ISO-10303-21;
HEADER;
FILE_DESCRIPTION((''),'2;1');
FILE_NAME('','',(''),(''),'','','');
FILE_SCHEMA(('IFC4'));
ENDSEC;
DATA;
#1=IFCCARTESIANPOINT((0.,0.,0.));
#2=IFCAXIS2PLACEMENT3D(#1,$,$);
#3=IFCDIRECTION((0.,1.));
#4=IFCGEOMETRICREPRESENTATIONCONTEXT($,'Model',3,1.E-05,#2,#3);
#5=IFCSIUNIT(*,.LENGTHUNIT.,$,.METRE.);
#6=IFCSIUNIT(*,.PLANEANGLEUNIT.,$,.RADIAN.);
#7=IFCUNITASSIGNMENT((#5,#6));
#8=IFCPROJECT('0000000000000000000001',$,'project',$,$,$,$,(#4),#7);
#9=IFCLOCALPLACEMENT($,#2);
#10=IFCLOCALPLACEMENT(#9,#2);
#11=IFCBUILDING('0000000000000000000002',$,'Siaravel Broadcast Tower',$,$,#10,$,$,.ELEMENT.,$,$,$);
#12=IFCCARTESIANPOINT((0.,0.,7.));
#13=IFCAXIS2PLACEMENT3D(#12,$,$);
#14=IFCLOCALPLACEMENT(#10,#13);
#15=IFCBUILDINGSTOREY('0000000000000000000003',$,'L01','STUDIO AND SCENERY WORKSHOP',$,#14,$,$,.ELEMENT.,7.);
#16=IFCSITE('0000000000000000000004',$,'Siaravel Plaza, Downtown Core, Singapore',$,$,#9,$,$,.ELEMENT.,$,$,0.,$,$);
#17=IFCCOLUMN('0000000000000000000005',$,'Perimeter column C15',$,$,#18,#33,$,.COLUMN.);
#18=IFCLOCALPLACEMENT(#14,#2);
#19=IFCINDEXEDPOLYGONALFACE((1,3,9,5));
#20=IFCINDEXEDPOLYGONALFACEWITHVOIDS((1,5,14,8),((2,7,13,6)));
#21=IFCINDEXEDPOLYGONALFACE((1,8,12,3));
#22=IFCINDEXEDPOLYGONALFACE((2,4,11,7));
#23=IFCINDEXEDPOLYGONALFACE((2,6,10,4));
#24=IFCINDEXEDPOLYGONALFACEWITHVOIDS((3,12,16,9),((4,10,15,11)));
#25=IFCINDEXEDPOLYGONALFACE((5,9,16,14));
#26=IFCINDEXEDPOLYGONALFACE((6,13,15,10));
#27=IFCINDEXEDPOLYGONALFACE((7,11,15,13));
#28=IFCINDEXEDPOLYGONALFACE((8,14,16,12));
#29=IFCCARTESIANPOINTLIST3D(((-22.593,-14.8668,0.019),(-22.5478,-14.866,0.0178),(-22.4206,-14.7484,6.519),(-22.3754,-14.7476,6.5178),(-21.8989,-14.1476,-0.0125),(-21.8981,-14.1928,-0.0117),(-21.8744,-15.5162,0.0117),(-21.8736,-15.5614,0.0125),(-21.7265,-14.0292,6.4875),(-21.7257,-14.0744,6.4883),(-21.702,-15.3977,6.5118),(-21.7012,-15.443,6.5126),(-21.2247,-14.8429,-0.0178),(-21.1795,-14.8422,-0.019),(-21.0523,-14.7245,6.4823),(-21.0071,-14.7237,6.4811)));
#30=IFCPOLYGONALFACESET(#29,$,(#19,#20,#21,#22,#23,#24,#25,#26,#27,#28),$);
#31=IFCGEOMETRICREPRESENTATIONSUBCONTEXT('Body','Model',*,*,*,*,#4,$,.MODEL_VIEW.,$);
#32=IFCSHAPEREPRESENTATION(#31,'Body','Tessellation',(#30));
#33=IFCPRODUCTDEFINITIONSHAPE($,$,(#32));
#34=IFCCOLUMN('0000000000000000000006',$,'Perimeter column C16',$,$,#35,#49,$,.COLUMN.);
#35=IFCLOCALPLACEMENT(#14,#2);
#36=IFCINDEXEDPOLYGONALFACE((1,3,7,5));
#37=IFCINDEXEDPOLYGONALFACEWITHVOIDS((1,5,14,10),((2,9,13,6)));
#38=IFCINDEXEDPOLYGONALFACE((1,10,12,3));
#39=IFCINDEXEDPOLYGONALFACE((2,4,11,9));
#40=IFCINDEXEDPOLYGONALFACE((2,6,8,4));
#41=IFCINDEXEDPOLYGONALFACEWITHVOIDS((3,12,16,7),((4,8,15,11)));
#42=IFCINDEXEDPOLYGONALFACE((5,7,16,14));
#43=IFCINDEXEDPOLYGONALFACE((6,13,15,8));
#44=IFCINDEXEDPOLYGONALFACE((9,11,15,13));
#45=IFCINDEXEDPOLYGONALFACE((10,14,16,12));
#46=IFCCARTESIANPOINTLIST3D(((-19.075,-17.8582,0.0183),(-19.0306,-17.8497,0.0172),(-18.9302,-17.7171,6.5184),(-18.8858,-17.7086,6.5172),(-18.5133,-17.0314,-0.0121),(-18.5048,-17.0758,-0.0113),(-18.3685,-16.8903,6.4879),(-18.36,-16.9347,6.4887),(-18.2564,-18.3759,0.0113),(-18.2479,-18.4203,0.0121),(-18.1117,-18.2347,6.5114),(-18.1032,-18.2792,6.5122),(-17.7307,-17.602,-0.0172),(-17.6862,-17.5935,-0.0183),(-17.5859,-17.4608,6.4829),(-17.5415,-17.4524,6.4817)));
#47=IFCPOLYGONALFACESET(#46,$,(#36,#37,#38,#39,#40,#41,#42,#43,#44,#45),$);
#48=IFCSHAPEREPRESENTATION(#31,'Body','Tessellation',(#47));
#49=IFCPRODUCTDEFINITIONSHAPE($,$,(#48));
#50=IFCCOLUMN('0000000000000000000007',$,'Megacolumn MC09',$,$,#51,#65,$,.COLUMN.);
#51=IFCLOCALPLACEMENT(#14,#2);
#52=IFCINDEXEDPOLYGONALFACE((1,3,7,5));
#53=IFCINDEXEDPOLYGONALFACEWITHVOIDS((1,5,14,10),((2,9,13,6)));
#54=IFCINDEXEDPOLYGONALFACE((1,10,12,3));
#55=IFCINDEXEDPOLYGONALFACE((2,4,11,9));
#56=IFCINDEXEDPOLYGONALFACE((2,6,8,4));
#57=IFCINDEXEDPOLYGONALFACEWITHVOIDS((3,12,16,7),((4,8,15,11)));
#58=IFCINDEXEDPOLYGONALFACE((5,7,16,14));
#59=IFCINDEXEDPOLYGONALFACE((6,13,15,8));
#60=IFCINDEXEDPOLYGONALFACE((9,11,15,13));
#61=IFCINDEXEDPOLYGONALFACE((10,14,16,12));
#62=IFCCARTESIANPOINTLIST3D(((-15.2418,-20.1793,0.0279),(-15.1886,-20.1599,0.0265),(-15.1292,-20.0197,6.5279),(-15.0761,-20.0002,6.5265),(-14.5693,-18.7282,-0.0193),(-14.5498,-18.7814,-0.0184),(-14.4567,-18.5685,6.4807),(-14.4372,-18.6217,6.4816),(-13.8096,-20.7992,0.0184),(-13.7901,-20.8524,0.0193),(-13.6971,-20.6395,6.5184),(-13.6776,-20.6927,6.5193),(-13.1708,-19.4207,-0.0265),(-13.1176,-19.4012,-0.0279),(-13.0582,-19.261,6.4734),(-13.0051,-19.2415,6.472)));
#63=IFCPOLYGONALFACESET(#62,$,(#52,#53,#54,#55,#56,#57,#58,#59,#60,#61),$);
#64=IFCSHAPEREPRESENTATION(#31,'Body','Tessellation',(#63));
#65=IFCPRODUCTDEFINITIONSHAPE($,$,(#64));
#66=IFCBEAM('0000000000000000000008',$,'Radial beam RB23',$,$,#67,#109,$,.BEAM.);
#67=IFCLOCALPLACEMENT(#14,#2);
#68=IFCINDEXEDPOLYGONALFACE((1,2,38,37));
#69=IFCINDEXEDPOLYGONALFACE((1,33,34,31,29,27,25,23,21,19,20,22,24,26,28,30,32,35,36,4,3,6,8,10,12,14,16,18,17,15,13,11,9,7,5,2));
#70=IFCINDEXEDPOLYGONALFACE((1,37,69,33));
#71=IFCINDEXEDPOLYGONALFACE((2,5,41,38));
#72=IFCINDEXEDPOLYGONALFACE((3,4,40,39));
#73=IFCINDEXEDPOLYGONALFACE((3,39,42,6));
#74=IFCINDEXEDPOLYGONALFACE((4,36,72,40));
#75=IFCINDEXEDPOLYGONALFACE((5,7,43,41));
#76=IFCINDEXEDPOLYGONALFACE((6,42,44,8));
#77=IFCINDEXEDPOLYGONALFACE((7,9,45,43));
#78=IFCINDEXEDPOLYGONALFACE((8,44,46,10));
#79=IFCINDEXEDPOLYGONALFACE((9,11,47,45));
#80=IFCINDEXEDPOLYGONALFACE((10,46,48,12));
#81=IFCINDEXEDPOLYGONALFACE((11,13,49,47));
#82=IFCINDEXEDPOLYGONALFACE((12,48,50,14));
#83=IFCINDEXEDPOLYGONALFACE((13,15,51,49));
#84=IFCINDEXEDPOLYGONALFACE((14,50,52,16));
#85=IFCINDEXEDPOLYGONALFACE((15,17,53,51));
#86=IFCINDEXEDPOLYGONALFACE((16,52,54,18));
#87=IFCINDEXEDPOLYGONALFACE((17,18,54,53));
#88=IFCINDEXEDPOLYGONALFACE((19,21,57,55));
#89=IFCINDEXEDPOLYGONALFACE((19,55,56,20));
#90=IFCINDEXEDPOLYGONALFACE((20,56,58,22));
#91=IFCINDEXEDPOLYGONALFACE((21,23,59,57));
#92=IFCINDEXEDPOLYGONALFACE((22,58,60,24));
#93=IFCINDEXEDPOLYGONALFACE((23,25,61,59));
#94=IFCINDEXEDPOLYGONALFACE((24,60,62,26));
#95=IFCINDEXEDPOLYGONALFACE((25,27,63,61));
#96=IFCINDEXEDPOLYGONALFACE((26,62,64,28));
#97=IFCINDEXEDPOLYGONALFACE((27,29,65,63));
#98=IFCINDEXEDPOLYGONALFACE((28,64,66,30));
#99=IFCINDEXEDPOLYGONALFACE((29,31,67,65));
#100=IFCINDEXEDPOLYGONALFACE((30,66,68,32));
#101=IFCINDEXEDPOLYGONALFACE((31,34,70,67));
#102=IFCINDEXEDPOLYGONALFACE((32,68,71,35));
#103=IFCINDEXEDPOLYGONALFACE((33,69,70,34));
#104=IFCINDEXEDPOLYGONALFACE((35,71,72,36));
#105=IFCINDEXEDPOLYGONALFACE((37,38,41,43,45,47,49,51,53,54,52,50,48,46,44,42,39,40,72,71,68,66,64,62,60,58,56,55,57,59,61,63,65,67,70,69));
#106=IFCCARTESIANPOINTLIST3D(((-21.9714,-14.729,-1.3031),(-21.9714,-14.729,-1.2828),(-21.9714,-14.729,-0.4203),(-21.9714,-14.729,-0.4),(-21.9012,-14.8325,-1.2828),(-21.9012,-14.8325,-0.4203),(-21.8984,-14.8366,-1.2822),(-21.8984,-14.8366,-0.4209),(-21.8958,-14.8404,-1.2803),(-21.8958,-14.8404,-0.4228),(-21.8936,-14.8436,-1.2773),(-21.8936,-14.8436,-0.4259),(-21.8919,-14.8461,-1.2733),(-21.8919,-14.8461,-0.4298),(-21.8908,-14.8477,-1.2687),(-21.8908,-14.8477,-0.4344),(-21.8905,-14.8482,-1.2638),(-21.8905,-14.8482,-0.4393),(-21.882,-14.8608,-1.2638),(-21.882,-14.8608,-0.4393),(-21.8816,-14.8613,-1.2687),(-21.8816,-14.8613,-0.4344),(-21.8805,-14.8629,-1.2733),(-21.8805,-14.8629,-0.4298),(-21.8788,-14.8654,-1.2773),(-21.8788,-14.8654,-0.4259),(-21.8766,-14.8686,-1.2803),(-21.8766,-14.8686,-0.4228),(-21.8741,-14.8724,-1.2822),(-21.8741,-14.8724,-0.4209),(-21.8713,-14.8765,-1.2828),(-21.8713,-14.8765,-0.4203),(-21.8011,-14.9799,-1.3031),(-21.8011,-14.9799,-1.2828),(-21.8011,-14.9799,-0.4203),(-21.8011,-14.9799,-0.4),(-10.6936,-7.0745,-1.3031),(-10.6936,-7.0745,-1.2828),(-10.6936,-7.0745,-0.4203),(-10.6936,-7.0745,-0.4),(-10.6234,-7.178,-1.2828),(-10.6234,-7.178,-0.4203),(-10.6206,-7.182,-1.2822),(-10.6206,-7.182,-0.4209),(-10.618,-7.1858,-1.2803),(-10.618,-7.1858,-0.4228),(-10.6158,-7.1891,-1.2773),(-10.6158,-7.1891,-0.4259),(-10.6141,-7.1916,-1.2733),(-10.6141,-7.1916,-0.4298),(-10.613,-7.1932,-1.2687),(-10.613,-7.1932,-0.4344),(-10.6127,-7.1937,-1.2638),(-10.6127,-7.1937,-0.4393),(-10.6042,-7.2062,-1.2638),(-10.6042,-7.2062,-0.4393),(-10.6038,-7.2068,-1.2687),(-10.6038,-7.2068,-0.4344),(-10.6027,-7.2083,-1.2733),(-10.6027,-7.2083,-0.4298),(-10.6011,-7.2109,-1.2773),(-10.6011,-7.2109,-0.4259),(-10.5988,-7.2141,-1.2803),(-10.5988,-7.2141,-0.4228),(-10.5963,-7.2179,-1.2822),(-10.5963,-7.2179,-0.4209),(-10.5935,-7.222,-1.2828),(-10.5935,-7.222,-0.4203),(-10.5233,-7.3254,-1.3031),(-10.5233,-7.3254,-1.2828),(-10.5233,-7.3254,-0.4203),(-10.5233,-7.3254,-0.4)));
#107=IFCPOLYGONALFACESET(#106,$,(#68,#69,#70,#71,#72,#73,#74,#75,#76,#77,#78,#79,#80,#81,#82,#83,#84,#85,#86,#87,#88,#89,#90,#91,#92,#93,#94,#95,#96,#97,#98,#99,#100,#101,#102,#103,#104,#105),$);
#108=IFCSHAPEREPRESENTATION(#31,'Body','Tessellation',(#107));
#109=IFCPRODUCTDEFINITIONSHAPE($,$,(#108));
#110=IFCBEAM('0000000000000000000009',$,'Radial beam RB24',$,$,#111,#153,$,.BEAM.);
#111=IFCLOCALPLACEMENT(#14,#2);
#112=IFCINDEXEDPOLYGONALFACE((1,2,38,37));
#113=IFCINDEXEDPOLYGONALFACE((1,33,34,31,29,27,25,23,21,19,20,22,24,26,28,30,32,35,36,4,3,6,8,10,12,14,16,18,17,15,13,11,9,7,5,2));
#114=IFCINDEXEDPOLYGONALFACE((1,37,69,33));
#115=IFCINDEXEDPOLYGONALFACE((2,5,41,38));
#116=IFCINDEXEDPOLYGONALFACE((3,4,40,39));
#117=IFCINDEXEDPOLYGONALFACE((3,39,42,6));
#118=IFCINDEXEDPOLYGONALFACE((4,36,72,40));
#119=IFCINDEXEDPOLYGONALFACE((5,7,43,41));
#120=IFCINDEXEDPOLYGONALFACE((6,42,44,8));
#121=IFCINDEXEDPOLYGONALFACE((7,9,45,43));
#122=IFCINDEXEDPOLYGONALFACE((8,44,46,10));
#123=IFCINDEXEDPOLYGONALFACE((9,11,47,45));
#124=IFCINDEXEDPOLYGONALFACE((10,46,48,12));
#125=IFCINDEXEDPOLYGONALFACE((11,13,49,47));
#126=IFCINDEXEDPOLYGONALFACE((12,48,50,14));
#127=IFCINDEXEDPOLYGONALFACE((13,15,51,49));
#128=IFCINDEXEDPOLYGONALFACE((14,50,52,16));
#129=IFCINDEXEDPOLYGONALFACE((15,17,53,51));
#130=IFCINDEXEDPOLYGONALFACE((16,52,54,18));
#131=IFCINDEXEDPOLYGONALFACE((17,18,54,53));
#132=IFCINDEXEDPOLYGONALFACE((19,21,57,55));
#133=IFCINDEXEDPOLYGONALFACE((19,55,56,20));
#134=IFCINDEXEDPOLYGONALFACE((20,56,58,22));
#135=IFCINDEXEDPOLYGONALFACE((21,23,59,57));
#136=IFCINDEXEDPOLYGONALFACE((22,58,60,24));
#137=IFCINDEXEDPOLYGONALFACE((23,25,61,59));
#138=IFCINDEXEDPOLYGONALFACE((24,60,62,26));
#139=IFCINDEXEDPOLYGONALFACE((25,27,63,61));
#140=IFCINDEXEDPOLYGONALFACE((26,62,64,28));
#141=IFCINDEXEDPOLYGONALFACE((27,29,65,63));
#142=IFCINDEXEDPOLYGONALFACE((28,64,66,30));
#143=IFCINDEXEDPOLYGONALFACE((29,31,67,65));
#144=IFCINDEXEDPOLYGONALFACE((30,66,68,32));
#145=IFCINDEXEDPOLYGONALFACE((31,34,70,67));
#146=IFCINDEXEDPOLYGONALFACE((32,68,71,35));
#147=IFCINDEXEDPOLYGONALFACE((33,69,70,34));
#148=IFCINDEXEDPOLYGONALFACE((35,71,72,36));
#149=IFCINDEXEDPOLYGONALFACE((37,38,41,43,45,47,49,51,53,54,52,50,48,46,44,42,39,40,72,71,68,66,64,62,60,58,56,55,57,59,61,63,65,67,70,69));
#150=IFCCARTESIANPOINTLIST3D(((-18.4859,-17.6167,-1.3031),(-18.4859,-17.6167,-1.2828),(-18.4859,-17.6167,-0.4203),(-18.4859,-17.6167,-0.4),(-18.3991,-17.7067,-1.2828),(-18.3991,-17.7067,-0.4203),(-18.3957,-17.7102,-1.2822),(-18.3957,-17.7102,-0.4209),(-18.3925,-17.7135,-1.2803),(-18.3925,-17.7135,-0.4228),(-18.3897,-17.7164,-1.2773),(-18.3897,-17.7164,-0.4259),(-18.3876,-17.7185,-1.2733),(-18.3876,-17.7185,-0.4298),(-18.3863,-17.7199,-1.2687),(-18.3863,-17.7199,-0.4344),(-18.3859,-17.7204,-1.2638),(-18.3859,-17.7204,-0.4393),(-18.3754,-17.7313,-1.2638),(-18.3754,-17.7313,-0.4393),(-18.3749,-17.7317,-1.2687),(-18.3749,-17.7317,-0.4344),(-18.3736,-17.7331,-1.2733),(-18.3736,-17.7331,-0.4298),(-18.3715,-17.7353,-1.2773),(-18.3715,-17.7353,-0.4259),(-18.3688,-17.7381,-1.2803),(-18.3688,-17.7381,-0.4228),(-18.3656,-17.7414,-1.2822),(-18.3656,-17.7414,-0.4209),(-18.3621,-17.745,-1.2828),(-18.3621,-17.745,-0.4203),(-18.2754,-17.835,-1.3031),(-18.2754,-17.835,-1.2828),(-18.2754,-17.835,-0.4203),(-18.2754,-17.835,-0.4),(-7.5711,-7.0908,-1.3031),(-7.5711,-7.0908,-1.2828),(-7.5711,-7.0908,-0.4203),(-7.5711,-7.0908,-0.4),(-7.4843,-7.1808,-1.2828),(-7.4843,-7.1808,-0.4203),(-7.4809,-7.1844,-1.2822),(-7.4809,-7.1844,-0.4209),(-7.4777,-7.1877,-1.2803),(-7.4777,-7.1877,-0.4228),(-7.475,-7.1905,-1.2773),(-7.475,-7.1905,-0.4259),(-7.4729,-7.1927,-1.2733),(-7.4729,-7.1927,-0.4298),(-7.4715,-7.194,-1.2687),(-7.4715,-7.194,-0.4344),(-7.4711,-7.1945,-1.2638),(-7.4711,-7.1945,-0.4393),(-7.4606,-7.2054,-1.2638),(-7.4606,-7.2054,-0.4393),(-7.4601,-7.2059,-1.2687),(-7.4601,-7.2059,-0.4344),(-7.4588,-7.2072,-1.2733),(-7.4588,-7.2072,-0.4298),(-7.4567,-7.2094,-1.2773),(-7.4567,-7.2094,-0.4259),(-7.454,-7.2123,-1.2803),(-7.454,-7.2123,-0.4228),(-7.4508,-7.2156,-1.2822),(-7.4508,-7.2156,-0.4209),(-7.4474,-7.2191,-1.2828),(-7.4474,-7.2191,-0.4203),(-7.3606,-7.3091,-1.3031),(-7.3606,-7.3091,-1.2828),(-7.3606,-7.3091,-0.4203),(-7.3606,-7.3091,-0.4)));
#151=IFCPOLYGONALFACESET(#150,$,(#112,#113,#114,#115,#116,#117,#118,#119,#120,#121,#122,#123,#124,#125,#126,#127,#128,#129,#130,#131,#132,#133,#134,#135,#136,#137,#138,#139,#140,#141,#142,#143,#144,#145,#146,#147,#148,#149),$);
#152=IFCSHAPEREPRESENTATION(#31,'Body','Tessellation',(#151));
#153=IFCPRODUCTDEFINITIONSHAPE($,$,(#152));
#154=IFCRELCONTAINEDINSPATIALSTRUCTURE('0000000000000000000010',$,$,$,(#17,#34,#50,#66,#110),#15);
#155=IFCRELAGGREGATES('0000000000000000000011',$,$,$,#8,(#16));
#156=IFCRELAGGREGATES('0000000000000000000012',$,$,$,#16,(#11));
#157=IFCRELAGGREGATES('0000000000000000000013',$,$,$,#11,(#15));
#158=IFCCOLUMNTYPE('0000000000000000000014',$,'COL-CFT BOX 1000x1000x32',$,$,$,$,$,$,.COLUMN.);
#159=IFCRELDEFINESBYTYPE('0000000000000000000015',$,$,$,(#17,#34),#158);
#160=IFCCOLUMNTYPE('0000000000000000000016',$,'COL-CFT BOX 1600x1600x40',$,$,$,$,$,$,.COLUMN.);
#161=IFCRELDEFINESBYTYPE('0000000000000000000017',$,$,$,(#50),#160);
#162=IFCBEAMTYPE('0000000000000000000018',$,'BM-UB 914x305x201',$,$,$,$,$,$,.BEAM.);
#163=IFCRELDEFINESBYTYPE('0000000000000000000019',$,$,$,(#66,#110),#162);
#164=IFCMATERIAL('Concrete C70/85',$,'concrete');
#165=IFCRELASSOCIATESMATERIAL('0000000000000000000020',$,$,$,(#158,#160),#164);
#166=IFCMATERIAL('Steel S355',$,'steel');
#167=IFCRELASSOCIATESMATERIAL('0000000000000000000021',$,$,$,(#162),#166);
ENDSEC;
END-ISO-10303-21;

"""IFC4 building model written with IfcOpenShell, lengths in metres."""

from ifc_helpers import new_model, si_unit, direction, frame, origin, origin_2d, place, context, subcontext, project, spatial, hollow_rectangle, i_section, extrude, material, material_profile, profile_set, type_object, element, save


model = new_model("IFC4")

# Units and contexts
model_context = context("Model", 3, precision=1e-05, world=origin(), true_north=direction((0.0, 1.0)))
body_context = subcontext(model_context, "Body", "Model", "MODEL_VIEW")
ifc_project = project(units=[si_unit("LENGTHUNIT", "METRE"), si_unit("PLANEANGLEUNIT", "RADIAN")], contexts=[model_context])

# Site, building, storey
site_placement = place(None, origin())
site = spatial("IfcSite", under=ifc_project, at=site_placement, Name="Siaravel Plaza, Downtown Core, Singapore", CompositionType="ELEMENT", RefElevation=0.0)
building_placement = place(site_placement, origin())
building = spatial("IfcBuilding", under=site, at=building_placement, Name="Siaravel Broadcast Tower", CompositionType="ELEMENT")
storey_placement = place(building_placement, frame((0.0, 0.0, 7.0)))
storey = spatial("IfcBuildingStorey", under=building, at=storey_placement, Name="L01", Description="STUDIO AND SCENERY WORKSHOP", CompositionType="ELEMENT", Elevation=7.0)

# Columns
ifc_material_1 = material(Name="Concrete C70/85", Category="concrete")
ifc_material_profile_1 = material_profile(ifc_material_1, hollow_rectangle(XDim=1.0, YDim=1.0, WallThickness=0.032, at=origin_2d()))
ifc_profile_set_1 = profile_set([ifc_material_profile_1], Name="Concrete C70/85")
column_type_1 = type_object("IfcColumnType", Name="COL-CFT BOX 1000x1000x32", PredefinedType="COLUMN", material=ifc_profile_set_1)
column_1_placement = place(storey_placement, frame((-21.8862, -14.8545, 0.0), z_axis=(0.026504, 0.018207, 0.999483), x_axis=(-0.719423, 0.694543, 0.006425)))
element("IfcColumn", 1, at=column_1_placement, inside=storey, type_object=column_type_1, Name="Perimeter column C15", PredefinedType="COLUMN", context=body_context, shape_type="SweptSolid", body=[
    extrude(hollow_rectangle(XDim=1.0, YDim=1.0, WallThickness=0.032, at=origin_2d()), origin(), (0.0, 0.0, 1.0), 6.5034),
])
column_2_placement = place(storey_placement, frame((-18.3806, -17.7258, 0.0), z_axis=(0.022262, 0.021699, 0.999517), x_axis=(-0.827042, 0.562106, 0.006218)))
element("IfcColumn", 2, at=column_2_placement, inside=storey, type_object=column_type_1, Name="Perimeter column C16", PredefinedType="COLUMN", context=body_context, shape_type="SweptSolid", body=[
    extrude(hollow_rectangle(XDim=1.0, YDim=1.0, WallThickness=0.032, at=origin_2d()), origin(), (0.0, 0.0, 1.0), 6.5032),
])
ifc_material_profile_2 = material_profile(ifc_material_1, hollow_rectangle(XDim=1.6001, YDim=1.6001, WallThickness=0.04, at=origin_2d()))
ifc_profile_set_2 = profile_set([ifc_material_profile_2], Name="Concrete C70/85")
column_type_2 = type_object("IfcColumnType", Name="COL-CFT BOX 1600x1600x40", PredefinedType="COLUMN", material=ifc_profile_set_2)
column_3_placement = place(storey_placement, frame((-14.1797, -19.7903, 0.0), z_axis=(0.017307, 0.024553, 0.999549), x_axis=(-0.907227, 0.420607, 0.005377)))
element("IfcColumn", 3, at=column_3_placement, inside=storey, type_object=column_type_2, Name="Megacolumn MC09", PredefinedType="COLUMN", context=body_context, shape_type="SweptSolid", body=[
    extrude(hollow_rectangle(XDim=1.6001, YDim=1.6001, WallThickness=0.04, at=origin_2d()), origin(), (0.0, 0.0, 1.0), 6.5029),
])

# Beams
ifc_material_2 = material(Name="Steel S355", Category="steel")
ifc_material_profile_3 = material_profile(ifc_material_2, i_section(OverallWidth=0.3032, OverallDepth=0.9031, WebThickness=0.0151, FlangeThickness=0.0203, FilletRadius=0.019, at=origin_2d()))
ifc_profile_set_3 = profile_set([ifc_material_profile_3], Name="Steel S355")
beam_type = type_object("IfcBeamType", Name="BM-UB 914x305x201", PredefinedType="BEAM", material=ifc_profile_set_3)
beam_1_placement = place(storey_placement, frame((-21.8862, -14.8545, -0.8516), z_axis=(0.827417, 0.561588, 0.0), x_axis=(-0.561588, 0.827417, 0.0)))
element("IfcBeam", 4, at=beam_1_placement, inside=storey, type_object=beam_type, Name="Radial beam RB23", PredefinedType="BEAM", context=body_context, shape_type="SweptSolid", body=[
    extrude(i_section(OverallWidth=0.3032, OverallDepth=0.9031, WebThickness=0.0151, FlangeThickness=0.0203, FilletRadius=0.019, at=origin_2d()), origin(), (0.0, 0.0, 1.0), 13.6301),
])
beam_2_placement = place(storey_placement, frame((-18.3806, -17.7258, -0.8516), z_axis=(0.719815, 0.694166, 0.0), x_axis=(-0.694166, 0.719815, 0.0)))
element("IfcBeam", 5, at=beam_2_placement, inside=storey, type_object=beam_type, Name="Radial beam RB24", PredefinedType="BEAM", context=body_context, shape_type="SweptSolid", body=[
    extrude(i_section(OverallWidth=0.3032, OverallDepth=0.9031, WebThickness=0.0151, FlangeThickness=0.0203, FilletRadius=0.019, at=origin_2d()), origin(), (0.0, 0.0, 1.0), 15.1633),
])

save(model, "model.ifc")
